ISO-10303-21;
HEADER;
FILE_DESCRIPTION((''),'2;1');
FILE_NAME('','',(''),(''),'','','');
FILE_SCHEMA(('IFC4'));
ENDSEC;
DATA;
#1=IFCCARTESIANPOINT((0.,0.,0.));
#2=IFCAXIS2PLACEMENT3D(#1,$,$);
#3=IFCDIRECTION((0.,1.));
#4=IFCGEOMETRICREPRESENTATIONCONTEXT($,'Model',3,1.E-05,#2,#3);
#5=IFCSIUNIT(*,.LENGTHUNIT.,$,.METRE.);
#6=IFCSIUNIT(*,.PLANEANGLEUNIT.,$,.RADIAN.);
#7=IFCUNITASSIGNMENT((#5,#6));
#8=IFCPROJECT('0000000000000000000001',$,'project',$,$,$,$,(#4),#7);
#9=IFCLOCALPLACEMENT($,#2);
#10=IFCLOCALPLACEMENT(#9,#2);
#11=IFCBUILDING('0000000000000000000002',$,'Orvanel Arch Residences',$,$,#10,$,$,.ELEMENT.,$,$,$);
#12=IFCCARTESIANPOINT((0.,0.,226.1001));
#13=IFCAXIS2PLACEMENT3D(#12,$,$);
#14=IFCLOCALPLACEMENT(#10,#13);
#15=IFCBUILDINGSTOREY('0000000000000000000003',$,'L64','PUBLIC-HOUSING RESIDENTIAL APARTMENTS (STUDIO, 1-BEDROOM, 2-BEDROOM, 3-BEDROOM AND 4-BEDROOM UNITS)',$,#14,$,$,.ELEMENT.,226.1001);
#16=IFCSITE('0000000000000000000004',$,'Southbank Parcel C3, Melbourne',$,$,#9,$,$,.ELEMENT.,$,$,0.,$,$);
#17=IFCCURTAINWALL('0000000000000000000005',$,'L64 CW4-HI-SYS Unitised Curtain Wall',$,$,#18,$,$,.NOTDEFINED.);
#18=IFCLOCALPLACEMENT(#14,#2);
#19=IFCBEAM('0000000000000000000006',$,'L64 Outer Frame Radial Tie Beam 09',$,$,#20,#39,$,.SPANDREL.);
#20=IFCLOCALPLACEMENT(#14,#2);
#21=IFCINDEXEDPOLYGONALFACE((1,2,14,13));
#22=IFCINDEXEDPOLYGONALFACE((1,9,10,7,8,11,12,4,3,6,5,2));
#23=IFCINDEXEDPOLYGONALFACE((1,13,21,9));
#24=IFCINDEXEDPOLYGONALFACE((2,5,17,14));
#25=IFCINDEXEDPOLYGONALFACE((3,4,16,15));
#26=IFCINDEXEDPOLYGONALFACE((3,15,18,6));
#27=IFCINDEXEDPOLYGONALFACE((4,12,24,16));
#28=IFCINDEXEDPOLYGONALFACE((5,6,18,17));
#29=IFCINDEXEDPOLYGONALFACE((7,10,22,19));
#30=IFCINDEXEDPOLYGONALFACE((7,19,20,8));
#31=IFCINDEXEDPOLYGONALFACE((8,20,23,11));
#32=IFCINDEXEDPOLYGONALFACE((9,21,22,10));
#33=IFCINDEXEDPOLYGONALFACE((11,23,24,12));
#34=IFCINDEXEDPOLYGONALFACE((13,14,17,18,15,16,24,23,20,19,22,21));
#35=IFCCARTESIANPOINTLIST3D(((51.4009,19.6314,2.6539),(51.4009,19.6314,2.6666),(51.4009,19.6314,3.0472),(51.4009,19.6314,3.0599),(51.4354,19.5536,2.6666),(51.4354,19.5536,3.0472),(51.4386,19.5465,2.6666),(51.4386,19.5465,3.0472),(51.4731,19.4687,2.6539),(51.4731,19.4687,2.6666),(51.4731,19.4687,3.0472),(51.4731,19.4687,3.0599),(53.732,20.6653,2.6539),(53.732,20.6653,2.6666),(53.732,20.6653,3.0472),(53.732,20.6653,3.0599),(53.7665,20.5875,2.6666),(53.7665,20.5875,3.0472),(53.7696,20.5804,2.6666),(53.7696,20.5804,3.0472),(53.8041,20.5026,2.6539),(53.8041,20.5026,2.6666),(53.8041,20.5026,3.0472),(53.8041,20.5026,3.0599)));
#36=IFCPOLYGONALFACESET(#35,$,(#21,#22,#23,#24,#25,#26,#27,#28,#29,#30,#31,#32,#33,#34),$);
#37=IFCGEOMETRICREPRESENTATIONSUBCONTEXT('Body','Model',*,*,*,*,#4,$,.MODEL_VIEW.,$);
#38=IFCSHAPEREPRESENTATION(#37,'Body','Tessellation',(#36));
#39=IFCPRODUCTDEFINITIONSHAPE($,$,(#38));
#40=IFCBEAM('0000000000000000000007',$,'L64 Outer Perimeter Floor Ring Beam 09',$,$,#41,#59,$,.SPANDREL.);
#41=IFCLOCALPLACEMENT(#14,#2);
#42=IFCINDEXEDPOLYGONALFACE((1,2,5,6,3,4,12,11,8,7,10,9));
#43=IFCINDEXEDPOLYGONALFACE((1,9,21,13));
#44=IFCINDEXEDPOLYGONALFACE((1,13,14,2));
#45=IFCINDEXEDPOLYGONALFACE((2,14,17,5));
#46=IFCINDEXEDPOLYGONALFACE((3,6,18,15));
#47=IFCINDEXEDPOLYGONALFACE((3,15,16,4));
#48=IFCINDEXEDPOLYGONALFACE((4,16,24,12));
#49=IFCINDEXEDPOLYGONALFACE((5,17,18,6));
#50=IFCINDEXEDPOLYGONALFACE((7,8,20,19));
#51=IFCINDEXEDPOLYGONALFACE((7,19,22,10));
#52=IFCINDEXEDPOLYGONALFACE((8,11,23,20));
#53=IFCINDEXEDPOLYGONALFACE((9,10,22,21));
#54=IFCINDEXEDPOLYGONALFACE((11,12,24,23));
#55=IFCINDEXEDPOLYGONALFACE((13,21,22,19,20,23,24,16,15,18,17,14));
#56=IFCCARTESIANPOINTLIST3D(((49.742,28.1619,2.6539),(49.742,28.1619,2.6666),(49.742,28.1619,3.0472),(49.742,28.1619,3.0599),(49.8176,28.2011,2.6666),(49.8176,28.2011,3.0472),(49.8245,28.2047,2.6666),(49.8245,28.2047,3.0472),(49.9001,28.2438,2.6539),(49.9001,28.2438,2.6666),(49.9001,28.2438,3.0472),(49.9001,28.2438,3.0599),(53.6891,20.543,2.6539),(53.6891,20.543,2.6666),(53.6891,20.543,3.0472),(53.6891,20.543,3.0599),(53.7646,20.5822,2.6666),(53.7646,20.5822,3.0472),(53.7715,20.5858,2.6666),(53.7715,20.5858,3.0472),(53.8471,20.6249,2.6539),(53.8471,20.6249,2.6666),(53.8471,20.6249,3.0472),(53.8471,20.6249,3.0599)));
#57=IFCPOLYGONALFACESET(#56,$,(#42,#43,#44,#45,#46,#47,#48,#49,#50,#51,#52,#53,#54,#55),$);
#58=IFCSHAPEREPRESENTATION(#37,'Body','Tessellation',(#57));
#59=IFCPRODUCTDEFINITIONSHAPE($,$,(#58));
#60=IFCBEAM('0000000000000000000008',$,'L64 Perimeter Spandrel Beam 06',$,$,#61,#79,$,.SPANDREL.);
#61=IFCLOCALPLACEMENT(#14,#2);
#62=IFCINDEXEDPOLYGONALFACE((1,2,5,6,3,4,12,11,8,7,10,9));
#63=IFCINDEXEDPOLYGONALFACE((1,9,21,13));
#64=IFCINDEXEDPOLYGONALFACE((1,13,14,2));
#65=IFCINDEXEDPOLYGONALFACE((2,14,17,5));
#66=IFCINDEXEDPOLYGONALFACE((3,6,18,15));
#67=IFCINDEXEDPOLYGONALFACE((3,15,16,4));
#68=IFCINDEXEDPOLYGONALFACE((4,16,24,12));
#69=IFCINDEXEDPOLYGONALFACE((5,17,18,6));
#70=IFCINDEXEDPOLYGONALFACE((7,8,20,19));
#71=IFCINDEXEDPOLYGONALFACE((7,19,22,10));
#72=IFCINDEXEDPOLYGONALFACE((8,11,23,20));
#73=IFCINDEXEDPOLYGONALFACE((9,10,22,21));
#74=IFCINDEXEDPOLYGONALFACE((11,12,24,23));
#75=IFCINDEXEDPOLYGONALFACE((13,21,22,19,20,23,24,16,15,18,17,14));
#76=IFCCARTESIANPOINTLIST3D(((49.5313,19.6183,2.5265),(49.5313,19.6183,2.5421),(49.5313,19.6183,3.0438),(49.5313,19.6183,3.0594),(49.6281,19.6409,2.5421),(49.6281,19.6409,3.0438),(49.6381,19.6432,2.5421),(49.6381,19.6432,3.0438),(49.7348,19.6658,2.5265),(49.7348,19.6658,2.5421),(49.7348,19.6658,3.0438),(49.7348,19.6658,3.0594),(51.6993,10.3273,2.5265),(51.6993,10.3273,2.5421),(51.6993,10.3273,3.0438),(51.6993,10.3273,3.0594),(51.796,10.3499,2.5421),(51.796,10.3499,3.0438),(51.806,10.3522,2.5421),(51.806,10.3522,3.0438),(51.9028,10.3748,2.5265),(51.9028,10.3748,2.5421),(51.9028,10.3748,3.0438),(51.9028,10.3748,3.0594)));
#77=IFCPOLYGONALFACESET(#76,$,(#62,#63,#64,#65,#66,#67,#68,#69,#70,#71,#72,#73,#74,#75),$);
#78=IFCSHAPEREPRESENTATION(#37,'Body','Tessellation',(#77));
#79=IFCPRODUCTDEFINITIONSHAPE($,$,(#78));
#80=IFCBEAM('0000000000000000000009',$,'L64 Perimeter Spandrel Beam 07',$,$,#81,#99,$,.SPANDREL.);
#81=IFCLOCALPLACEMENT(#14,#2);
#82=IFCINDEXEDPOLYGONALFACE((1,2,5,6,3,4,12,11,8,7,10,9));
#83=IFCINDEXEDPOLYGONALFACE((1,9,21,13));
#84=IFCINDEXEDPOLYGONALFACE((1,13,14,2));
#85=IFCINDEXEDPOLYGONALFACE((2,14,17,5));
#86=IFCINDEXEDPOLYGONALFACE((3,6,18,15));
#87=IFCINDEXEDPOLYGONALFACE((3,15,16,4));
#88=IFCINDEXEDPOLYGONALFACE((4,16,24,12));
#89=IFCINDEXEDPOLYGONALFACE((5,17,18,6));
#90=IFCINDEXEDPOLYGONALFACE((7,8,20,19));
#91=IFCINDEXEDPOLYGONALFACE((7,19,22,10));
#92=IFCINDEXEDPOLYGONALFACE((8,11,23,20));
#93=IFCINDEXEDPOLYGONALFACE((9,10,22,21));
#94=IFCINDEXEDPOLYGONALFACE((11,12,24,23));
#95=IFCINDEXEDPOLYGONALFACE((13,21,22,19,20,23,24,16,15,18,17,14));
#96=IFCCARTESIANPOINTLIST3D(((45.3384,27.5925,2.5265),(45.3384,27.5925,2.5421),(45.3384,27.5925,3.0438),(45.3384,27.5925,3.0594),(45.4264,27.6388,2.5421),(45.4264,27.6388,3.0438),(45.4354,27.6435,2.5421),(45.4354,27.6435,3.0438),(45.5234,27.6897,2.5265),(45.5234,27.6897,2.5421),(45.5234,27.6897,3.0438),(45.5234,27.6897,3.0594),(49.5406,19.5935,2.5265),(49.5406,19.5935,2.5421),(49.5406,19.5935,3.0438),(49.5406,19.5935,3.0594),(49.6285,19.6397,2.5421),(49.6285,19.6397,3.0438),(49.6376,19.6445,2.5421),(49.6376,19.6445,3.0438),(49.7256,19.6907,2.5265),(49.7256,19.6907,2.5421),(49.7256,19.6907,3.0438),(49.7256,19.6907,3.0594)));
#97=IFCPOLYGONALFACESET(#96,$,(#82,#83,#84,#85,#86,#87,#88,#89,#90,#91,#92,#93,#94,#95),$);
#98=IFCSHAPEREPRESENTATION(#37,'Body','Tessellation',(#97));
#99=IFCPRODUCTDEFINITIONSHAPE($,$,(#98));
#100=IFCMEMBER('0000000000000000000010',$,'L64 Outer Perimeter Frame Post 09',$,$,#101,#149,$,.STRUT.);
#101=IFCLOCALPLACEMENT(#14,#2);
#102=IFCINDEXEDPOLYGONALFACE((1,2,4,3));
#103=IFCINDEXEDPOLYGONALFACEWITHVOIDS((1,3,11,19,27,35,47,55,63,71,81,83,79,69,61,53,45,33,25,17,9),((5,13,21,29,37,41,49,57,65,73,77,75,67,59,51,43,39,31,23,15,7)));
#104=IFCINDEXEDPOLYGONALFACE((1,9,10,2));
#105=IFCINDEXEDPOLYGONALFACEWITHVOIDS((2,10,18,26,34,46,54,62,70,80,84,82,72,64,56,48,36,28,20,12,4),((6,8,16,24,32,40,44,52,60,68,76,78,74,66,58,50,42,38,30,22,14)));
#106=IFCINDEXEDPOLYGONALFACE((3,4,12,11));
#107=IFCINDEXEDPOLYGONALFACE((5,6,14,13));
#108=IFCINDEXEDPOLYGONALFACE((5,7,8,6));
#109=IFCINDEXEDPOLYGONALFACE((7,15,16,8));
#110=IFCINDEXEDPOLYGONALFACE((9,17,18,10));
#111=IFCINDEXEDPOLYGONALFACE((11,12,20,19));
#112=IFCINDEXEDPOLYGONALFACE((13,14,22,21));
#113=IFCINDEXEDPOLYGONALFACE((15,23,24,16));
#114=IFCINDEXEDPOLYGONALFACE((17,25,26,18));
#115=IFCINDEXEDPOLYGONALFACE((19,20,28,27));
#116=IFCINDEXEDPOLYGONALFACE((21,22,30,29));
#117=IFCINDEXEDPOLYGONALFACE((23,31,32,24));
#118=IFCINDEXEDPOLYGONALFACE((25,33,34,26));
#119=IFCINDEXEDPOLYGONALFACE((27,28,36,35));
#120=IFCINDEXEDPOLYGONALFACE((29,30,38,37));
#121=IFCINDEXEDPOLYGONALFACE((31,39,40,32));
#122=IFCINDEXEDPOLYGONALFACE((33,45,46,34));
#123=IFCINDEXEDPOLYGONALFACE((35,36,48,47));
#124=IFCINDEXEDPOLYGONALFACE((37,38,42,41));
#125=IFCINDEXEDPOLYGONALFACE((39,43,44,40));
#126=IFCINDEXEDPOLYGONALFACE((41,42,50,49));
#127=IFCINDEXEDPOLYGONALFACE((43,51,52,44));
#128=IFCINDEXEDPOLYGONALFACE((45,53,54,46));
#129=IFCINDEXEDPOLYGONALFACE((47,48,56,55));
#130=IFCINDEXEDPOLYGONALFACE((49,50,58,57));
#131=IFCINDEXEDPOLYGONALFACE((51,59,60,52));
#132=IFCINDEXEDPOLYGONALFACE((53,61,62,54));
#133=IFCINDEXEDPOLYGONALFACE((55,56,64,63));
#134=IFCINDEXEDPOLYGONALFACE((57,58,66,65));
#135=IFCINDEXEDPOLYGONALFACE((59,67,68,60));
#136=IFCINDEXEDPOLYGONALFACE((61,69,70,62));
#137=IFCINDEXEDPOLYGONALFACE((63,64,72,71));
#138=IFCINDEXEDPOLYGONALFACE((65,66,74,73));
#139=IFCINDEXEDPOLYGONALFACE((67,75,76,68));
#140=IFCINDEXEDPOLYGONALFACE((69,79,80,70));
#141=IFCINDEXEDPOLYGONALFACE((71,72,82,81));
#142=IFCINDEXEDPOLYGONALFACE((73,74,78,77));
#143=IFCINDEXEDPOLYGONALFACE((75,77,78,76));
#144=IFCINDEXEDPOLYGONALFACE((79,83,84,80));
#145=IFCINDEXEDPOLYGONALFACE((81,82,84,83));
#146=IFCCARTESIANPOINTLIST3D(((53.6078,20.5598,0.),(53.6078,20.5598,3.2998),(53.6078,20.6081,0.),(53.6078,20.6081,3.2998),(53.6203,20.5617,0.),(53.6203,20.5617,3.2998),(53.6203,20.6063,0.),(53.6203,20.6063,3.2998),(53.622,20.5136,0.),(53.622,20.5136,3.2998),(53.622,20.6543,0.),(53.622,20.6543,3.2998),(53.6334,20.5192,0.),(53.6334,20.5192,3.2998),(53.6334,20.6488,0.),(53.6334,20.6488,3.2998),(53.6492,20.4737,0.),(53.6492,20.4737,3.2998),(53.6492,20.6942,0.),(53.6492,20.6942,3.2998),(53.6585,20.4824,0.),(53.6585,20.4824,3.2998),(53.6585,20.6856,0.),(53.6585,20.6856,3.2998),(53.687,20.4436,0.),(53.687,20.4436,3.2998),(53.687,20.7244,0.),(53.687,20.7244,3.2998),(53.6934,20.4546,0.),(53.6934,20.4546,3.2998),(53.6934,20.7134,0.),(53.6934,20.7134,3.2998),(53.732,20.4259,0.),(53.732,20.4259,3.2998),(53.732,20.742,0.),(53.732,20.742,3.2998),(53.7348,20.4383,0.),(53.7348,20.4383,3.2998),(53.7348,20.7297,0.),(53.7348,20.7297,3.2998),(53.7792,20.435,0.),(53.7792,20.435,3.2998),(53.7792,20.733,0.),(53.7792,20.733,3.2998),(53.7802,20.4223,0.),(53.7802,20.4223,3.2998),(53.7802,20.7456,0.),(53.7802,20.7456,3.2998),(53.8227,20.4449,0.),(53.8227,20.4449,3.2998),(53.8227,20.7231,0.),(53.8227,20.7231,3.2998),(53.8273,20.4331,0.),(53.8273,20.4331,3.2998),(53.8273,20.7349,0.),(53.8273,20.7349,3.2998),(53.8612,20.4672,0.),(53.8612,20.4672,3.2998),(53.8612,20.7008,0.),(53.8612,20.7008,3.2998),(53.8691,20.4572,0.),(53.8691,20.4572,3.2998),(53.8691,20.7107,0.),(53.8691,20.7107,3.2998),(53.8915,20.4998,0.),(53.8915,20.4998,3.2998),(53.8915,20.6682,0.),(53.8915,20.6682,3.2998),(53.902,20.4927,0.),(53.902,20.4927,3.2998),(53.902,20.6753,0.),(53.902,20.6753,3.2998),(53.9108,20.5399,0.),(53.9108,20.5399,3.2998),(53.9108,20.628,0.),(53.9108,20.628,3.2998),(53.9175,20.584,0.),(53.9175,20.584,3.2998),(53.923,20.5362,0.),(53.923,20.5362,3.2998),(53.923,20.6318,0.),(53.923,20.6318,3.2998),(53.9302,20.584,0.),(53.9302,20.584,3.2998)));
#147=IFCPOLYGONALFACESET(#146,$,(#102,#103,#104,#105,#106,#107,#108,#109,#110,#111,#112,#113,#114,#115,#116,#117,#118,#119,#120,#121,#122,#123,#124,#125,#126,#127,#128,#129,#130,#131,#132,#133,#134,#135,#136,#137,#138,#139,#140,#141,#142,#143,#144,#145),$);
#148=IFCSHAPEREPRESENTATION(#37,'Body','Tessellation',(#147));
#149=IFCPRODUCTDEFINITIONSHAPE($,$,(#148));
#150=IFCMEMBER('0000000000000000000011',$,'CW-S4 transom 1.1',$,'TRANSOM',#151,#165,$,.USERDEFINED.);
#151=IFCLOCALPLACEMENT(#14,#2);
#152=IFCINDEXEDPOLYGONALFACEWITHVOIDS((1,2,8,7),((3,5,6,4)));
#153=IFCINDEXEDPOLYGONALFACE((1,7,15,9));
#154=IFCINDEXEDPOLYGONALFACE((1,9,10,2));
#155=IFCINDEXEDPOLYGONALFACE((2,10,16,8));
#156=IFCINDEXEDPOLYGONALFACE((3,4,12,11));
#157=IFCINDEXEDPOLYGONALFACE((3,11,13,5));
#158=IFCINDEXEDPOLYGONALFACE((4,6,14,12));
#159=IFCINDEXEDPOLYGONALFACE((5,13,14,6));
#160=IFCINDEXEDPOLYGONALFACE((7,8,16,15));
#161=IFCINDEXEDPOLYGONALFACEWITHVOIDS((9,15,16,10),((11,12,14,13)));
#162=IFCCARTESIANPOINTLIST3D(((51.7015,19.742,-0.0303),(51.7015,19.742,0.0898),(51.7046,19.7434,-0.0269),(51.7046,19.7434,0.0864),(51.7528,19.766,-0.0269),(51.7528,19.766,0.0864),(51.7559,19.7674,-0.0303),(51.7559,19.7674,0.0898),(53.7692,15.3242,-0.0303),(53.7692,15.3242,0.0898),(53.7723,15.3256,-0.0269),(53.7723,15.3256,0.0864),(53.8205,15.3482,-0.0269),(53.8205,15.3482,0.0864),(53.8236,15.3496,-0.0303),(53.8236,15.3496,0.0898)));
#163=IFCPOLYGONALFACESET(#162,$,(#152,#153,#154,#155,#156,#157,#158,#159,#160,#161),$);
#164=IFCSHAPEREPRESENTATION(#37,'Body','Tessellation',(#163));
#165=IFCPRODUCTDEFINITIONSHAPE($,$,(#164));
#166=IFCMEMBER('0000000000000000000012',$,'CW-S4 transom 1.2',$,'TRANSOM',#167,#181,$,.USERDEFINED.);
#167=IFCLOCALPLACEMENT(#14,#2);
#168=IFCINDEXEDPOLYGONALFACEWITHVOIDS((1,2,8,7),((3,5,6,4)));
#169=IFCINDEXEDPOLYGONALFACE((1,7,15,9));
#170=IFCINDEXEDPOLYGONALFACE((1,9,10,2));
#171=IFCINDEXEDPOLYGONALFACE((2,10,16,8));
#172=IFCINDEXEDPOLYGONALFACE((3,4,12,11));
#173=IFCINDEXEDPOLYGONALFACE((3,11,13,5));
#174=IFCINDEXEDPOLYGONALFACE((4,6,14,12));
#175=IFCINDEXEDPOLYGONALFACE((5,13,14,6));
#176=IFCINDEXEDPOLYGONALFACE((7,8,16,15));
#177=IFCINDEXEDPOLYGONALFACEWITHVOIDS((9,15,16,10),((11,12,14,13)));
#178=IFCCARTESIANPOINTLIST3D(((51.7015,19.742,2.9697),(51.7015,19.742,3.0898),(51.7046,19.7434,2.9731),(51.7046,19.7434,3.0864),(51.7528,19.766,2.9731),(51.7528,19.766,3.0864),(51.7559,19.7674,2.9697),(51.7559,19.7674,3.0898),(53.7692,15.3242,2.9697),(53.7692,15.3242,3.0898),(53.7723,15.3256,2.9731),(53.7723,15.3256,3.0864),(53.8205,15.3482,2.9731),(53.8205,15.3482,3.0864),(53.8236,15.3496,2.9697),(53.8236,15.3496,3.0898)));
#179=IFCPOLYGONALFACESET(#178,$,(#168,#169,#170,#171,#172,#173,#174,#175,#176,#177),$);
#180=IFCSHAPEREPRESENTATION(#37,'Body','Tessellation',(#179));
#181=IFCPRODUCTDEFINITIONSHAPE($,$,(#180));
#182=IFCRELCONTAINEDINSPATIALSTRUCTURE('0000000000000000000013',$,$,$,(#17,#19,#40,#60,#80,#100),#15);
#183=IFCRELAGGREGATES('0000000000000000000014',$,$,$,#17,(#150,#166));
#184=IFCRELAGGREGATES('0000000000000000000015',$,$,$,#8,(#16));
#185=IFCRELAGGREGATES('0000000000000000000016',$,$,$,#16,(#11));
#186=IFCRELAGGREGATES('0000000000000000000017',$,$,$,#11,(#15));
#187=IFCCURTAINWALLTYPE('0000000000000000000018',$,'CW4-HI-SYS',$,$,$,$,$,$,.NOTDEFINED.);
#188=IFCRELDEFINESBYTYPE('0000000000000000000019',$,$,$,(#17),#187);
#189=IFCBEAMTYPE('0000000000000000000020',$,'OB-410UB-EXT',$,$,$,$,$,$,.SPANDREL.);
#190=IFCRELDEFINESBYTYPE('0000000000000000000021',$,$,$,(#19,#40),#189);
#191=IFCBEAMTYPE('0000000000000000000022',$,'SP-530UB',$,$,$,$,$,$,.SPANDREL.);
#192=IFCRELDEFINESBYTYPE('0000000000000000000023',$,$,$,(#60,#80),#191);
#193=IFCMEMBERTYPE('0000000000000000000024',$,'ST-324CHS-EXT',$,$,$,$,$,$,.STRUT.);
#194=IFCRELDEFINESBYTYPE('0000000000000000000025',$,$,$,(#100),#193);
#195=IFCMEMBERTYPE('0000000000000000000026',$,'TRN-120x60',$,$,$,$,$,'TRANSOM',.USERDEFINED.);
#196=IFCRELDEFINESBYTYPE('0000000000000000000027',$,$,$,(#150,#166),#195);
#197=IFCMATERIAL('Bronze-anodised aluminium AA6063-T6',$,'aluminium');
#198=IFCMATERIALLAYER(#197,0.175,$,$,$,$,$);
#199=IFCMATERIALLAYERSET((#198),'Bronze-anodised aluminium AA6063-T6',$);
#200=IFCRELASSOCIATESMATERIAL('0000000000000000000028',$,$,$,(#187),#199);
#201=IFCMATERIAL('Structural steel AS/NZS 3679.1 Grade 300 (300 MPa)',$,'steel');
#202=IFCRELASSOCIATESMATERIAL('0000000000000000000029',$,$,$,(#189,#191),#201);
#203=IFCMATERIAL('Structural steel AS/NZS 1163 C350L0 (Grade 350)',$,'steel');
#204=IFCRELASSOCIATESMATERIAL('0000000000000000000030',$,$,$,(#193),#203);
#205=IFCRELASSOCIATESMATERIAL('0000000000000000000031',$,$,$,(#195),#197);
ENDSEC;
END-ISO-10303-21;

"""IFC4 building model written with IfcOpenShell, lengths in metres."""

from ifc_helpers import new_model, si_unit, direction, frame, origin, origin_2d, place, context, subcontext, project, spatial, hollow_rectangle, hollow_circle, i_section, extrude, material, layer, layer_set, material_profile, profile_set, type_object, element, aggregate, save


model = new_model("IFC4")

# Units and contexts
model_context = context("Model", 3, precision=1e-05, world=origin(), true_north=direction((0.0, 1.0)))
body_context = subcontext(model_context, "Body", "Model", "MODEL_VIEW")
ifc_project = project(units=[si_unit("LENGTHUNIT", "METRE"), si_unit("PLANEANGLEUNIT", "RADIAN")], contexts=[model_context])

# Site, building, storey
site_placement = place(None, origin())
site = spatial("IfcSite", under=ifc_project, at=site_placement, Name="Southbank Parcel C3, Melbourne", CompositionType="ELEMENT", RefElevation=0.0)
building_placement = place(site_placement, origin())
building = spatial("IfcBuilding", under=site, at=building_placement, Name="Orvanel Arch Residences", CompositionType="ELEMENT")
storey_placement = place(building_placement, frame((0.0, 0.0, 226.1001)))
storey = spatial("IfcBuildingStorey", under=building, at=storey_placement, Name="L64", Description="PUBLIC-HOUSING RESIDENTIAL APARTMENTS (STUDIO, 1-BEDROOM, 2-BEDROOM, 3-BEDROOM AND 4-BEDROOM UNITS)", CompositionType="ELEMENT", Elevation=226.1001)

# Shared definitions
ifc_material_1 = material(Name="Bronze-anodised aluminium AA6063-T6", Category="aluminium")

# Shared definitions
ifc_layer_1 = layer(ifc_material_1, 0.175)
ifc_layer_set_1 = layer_set([ifc_layer_1], Name="Bronze-anodised aluminium AA6063-T6")
curtain_wall_type_1 = type_object("IfcCurtainWallType", Name="CW4-HI-SYS", PredefinedType="NOTDEFINED", material=ifc_layer_set_1)

# Curtain wall
curtain_wall_1_placement = place(storey_placement, origin())
curtain_wall_1 = element("IfcCurtainWall", 1, at=curtain_wall_1_placement, inside=storey, type_object=curtain_wall_type_1, Name="L64 CW4-HI-SYS Unitised Curtain Wall", PredefinedType="NOTDEFINED")

# Beams
ifc_material_2 = material(Name="Structural steel AS/NZS 3679.1 Grade 300 (300 MPa)", Category="steel")
ifc_material_profile_1 = material_profile(ifc_material_2, i_section(OverallWidth=0.178, OverallDepth=0.406, WebThickness=0.0078, FlangeThickness=0.0127, at=origin_2d()), Name="410UB59.7")
ifc_profile_set_1 = profile_set([ifc_material_profile_1], Name="Structural steel AS/NZS 3679.1 Grade 300 (300 MPa)")
beam_type_1 = type_object("IfcBeamType", Name="OB-410UB-EXT", PredefinedType="SPANDREL", material=ifc_profile_set_1)
beam_1_placement = place(storey_placement, frame((51.437, 19.55, 2.8569), z_axis=(0.914115, 0.405454, 0.0), x_axis=(-0.405454, 0.914115, 0.0)))
element("IfcBeam", 2, at=beam_1_placement, inside=storey, type_object=beam_type_1, Name="L64 Outer Frame Radial Tie Beam 09", PredefinedType="SPANDREL", context=body_context, shape_type="SweptSolid", body=[
    extrude(i_section(OverallWidth=0.178, OverallDepth=0.406, WebThickness=0.0078, FlangeThickness=0.0127, at=origin_2d()), origin(), (0.0, 0.0, 1.0), 2.55),
])
beam_2_placement = place(storey_placement, frame((53.7681, 20.584, 2.8569), z_axis=(-0.459994, 0.887922, 0.0), x_axis=(-0.887922, -0.459994, 0.0)))
element("IfcBeam", 3, at=beam_2_placement, inside=storey, type_object=beam_type_1, Name="L64 Outer Perimeter Floor Ring Beam 09", PredefinedType="SPANDREL", context=body_context, shape_type="SweptSolid", body=[
    extrude(i_section(OverallWidth=0.178, OverallDepth=0.406, WebThickness=0.0078, FlangeThickness=0.0127, at=origin_2d()), origin(), (0.0, 0.0, 1.0), 8.5806),
])
ifc_material_profile_2 = material_profile(ifc_material_2, i_section(OverallWidth=0.209, OverallDepth=0.533, WebThickness=0.0103, FlangeThickness=0.0156, at=origin_2d()), Name="530UB92.4")
ifc_profile_set_2 = profile_set([ifc_material_profile_2], Name="Structural steel AS/NZS 3679.1 Grade 300 (300 MPa)")
beam_type_2 = type_object("IfcBeamType", Name="SP-530UB", PredefinedType="SPANDREL", material=ifc_profile_set_2)
beam_3_placement = place(storey_placement, frame((51.801, 10.3511, 2.793), z_axis=(-0.227236, 0.97384, 0.0), x_axis=(-0.97384, -0.227236, 0.0)))
element("IfcBeam", 4, at=beam_3_placement, inside=storey, type_object=beam_type_2, Name="L64 Perimeter Spandrel Beam 06", PredefinedType="SPANDREL", context=body_context, shape_type="SweptSolid", body=[
    extrude(i_section(OverallWidth=0.209, OverallDepth=0.533, WebThickness=0.0103, FlangeThickness=0.0156, at=origin_2d()), origin(), (0.0, 0.0, 1.0), 9.5405),
])
beam_4_placement = place(storey_placement, frame((49.6331, 19.6421, 2.793), z_axis=(-0.465065, 0.885277, 0.0), x_axis=(-0.885277, -0.465065, 0.0)))
element("IfcBeam", 5, at=beam_4_placement, inside=storey, type_object=beam_type_2, Name="L64 Perimeter Spandrel Beam 07", PredefinedType="SPANDREL", context=body_context, shape_type="SweptSolid", body=[
    extrude(i_section(OverallWidth=0.209, OverallDepth=0.533, WebThickness=0.0103, FlangeThickness=0.0156, at=origin_2d()), origin(), (0.0, 0.0, 1.0), 9.0356),
])

# Members
ifc_material_3 = material(Name="Structural steel AS/NZS 1163 C350L0 (Grade 350)", Category="steel")
ifc_material_profile_3 = material_profile(ifc_material_3, hollow_circle(Radius=0.1621, WallThickness=0.0127, at=origin_2d()), Name="CHS324x12.7")
ifc_profile_set_3 = profile_set([ifc_material_profile_3], Name="Structural steel AS/NZS 1163 C350L0 (Grade 350)")
member_type_1 = type_object("IfcMemberType", Name="ST-324CHS-EXT", PredefinedType="STRUT", material=ifc_profile_set_3)
member_1_placement = place(storey_placement, frame((53.7681, 20.584, 0.0), z_axis=(0.0, 0.0, 1.0), x_axis=(1.0, 0.0, 0.0)))
element("IfcMember", 6, at=member_1_placement, inside=storey, type_object=member_type_1, Name="L64 Outer Perimeter Frame Post 09", PredefinedType="STRUT", context=body_context, shape_type="SweptSolid", body=[
    extrude(hollow_circle(Radius=0.1621, WallThickness=0.0127, at=origin_2d()), origin(), (0.0, 0.0, 1.0), 3.2998),
])
ifc_material_profile_4 = material_profile(ifc_material_1, hollow_rectangle(XDim=0.0601, YDim=0.1201, WallThickness=0.0034, at=origin_2d()), Name="ALU120x60x3.5")
ifc_profile_set_4 = profile_set([ifc_material_profile_4], Name="Bronze-anodised aluminium AA6063-T6")
member_type_2 = type_object("IfcMemberType", Name="TRN-120x60", ElementType="TRANSOM", PredefinedType="USERDEFINED", material=ifc_profile_set_4)
member_2_placement = place(storey_placement, frame((53.7964, 15.3369, 0.0298), z_axis=(-0.423899, 0.905709, 0.0), x_axis=(-0.905709, -0.423899, 0.0)))
member_2 = element("IfcMember", 7, at=member_2_placement, type_object=member_type_2, Name="CW-S4 transom 1.1", ObjectType="TRANSOM", PredefinedType="USERDEFINED", context=body_context, shape_type="SweptSolid", body=[
    extrude(hollow_rectangle(XDim=0.0601, YDim=0.1201, WallThickness=0.0034, at=origin_2d()), origin(), (0.0, 0.0, 1.0), 4.8777),
])
member_3_placement = place(storey_placement, frame((53.7964, 15.3369, 3.0298), z_axis=(-0.423899, 0.905709, 0.0), x_axis=(-0.905709, -0.423899, 0.0)))
member_3 = element("IfcMember", 8, at=member_3_placement, type_object=member_type_2, Name="CW-S4 transom 1.2", ObjectType="TRANSOM", PredefinedType="USERDEFINED", context=body_context, shape_type="SweptSolid", body=[
    extrude(hollow_rectangle(XDim=0.0601, YDim=0.1201, WallThickness=0.0034, at=origin_2d()), origin(), (0.0, 0.0, 1.0), 4.8777),
])

aggregate(curtain_wall_1, [member_2, member_3])

save(model, "model.ifc")
